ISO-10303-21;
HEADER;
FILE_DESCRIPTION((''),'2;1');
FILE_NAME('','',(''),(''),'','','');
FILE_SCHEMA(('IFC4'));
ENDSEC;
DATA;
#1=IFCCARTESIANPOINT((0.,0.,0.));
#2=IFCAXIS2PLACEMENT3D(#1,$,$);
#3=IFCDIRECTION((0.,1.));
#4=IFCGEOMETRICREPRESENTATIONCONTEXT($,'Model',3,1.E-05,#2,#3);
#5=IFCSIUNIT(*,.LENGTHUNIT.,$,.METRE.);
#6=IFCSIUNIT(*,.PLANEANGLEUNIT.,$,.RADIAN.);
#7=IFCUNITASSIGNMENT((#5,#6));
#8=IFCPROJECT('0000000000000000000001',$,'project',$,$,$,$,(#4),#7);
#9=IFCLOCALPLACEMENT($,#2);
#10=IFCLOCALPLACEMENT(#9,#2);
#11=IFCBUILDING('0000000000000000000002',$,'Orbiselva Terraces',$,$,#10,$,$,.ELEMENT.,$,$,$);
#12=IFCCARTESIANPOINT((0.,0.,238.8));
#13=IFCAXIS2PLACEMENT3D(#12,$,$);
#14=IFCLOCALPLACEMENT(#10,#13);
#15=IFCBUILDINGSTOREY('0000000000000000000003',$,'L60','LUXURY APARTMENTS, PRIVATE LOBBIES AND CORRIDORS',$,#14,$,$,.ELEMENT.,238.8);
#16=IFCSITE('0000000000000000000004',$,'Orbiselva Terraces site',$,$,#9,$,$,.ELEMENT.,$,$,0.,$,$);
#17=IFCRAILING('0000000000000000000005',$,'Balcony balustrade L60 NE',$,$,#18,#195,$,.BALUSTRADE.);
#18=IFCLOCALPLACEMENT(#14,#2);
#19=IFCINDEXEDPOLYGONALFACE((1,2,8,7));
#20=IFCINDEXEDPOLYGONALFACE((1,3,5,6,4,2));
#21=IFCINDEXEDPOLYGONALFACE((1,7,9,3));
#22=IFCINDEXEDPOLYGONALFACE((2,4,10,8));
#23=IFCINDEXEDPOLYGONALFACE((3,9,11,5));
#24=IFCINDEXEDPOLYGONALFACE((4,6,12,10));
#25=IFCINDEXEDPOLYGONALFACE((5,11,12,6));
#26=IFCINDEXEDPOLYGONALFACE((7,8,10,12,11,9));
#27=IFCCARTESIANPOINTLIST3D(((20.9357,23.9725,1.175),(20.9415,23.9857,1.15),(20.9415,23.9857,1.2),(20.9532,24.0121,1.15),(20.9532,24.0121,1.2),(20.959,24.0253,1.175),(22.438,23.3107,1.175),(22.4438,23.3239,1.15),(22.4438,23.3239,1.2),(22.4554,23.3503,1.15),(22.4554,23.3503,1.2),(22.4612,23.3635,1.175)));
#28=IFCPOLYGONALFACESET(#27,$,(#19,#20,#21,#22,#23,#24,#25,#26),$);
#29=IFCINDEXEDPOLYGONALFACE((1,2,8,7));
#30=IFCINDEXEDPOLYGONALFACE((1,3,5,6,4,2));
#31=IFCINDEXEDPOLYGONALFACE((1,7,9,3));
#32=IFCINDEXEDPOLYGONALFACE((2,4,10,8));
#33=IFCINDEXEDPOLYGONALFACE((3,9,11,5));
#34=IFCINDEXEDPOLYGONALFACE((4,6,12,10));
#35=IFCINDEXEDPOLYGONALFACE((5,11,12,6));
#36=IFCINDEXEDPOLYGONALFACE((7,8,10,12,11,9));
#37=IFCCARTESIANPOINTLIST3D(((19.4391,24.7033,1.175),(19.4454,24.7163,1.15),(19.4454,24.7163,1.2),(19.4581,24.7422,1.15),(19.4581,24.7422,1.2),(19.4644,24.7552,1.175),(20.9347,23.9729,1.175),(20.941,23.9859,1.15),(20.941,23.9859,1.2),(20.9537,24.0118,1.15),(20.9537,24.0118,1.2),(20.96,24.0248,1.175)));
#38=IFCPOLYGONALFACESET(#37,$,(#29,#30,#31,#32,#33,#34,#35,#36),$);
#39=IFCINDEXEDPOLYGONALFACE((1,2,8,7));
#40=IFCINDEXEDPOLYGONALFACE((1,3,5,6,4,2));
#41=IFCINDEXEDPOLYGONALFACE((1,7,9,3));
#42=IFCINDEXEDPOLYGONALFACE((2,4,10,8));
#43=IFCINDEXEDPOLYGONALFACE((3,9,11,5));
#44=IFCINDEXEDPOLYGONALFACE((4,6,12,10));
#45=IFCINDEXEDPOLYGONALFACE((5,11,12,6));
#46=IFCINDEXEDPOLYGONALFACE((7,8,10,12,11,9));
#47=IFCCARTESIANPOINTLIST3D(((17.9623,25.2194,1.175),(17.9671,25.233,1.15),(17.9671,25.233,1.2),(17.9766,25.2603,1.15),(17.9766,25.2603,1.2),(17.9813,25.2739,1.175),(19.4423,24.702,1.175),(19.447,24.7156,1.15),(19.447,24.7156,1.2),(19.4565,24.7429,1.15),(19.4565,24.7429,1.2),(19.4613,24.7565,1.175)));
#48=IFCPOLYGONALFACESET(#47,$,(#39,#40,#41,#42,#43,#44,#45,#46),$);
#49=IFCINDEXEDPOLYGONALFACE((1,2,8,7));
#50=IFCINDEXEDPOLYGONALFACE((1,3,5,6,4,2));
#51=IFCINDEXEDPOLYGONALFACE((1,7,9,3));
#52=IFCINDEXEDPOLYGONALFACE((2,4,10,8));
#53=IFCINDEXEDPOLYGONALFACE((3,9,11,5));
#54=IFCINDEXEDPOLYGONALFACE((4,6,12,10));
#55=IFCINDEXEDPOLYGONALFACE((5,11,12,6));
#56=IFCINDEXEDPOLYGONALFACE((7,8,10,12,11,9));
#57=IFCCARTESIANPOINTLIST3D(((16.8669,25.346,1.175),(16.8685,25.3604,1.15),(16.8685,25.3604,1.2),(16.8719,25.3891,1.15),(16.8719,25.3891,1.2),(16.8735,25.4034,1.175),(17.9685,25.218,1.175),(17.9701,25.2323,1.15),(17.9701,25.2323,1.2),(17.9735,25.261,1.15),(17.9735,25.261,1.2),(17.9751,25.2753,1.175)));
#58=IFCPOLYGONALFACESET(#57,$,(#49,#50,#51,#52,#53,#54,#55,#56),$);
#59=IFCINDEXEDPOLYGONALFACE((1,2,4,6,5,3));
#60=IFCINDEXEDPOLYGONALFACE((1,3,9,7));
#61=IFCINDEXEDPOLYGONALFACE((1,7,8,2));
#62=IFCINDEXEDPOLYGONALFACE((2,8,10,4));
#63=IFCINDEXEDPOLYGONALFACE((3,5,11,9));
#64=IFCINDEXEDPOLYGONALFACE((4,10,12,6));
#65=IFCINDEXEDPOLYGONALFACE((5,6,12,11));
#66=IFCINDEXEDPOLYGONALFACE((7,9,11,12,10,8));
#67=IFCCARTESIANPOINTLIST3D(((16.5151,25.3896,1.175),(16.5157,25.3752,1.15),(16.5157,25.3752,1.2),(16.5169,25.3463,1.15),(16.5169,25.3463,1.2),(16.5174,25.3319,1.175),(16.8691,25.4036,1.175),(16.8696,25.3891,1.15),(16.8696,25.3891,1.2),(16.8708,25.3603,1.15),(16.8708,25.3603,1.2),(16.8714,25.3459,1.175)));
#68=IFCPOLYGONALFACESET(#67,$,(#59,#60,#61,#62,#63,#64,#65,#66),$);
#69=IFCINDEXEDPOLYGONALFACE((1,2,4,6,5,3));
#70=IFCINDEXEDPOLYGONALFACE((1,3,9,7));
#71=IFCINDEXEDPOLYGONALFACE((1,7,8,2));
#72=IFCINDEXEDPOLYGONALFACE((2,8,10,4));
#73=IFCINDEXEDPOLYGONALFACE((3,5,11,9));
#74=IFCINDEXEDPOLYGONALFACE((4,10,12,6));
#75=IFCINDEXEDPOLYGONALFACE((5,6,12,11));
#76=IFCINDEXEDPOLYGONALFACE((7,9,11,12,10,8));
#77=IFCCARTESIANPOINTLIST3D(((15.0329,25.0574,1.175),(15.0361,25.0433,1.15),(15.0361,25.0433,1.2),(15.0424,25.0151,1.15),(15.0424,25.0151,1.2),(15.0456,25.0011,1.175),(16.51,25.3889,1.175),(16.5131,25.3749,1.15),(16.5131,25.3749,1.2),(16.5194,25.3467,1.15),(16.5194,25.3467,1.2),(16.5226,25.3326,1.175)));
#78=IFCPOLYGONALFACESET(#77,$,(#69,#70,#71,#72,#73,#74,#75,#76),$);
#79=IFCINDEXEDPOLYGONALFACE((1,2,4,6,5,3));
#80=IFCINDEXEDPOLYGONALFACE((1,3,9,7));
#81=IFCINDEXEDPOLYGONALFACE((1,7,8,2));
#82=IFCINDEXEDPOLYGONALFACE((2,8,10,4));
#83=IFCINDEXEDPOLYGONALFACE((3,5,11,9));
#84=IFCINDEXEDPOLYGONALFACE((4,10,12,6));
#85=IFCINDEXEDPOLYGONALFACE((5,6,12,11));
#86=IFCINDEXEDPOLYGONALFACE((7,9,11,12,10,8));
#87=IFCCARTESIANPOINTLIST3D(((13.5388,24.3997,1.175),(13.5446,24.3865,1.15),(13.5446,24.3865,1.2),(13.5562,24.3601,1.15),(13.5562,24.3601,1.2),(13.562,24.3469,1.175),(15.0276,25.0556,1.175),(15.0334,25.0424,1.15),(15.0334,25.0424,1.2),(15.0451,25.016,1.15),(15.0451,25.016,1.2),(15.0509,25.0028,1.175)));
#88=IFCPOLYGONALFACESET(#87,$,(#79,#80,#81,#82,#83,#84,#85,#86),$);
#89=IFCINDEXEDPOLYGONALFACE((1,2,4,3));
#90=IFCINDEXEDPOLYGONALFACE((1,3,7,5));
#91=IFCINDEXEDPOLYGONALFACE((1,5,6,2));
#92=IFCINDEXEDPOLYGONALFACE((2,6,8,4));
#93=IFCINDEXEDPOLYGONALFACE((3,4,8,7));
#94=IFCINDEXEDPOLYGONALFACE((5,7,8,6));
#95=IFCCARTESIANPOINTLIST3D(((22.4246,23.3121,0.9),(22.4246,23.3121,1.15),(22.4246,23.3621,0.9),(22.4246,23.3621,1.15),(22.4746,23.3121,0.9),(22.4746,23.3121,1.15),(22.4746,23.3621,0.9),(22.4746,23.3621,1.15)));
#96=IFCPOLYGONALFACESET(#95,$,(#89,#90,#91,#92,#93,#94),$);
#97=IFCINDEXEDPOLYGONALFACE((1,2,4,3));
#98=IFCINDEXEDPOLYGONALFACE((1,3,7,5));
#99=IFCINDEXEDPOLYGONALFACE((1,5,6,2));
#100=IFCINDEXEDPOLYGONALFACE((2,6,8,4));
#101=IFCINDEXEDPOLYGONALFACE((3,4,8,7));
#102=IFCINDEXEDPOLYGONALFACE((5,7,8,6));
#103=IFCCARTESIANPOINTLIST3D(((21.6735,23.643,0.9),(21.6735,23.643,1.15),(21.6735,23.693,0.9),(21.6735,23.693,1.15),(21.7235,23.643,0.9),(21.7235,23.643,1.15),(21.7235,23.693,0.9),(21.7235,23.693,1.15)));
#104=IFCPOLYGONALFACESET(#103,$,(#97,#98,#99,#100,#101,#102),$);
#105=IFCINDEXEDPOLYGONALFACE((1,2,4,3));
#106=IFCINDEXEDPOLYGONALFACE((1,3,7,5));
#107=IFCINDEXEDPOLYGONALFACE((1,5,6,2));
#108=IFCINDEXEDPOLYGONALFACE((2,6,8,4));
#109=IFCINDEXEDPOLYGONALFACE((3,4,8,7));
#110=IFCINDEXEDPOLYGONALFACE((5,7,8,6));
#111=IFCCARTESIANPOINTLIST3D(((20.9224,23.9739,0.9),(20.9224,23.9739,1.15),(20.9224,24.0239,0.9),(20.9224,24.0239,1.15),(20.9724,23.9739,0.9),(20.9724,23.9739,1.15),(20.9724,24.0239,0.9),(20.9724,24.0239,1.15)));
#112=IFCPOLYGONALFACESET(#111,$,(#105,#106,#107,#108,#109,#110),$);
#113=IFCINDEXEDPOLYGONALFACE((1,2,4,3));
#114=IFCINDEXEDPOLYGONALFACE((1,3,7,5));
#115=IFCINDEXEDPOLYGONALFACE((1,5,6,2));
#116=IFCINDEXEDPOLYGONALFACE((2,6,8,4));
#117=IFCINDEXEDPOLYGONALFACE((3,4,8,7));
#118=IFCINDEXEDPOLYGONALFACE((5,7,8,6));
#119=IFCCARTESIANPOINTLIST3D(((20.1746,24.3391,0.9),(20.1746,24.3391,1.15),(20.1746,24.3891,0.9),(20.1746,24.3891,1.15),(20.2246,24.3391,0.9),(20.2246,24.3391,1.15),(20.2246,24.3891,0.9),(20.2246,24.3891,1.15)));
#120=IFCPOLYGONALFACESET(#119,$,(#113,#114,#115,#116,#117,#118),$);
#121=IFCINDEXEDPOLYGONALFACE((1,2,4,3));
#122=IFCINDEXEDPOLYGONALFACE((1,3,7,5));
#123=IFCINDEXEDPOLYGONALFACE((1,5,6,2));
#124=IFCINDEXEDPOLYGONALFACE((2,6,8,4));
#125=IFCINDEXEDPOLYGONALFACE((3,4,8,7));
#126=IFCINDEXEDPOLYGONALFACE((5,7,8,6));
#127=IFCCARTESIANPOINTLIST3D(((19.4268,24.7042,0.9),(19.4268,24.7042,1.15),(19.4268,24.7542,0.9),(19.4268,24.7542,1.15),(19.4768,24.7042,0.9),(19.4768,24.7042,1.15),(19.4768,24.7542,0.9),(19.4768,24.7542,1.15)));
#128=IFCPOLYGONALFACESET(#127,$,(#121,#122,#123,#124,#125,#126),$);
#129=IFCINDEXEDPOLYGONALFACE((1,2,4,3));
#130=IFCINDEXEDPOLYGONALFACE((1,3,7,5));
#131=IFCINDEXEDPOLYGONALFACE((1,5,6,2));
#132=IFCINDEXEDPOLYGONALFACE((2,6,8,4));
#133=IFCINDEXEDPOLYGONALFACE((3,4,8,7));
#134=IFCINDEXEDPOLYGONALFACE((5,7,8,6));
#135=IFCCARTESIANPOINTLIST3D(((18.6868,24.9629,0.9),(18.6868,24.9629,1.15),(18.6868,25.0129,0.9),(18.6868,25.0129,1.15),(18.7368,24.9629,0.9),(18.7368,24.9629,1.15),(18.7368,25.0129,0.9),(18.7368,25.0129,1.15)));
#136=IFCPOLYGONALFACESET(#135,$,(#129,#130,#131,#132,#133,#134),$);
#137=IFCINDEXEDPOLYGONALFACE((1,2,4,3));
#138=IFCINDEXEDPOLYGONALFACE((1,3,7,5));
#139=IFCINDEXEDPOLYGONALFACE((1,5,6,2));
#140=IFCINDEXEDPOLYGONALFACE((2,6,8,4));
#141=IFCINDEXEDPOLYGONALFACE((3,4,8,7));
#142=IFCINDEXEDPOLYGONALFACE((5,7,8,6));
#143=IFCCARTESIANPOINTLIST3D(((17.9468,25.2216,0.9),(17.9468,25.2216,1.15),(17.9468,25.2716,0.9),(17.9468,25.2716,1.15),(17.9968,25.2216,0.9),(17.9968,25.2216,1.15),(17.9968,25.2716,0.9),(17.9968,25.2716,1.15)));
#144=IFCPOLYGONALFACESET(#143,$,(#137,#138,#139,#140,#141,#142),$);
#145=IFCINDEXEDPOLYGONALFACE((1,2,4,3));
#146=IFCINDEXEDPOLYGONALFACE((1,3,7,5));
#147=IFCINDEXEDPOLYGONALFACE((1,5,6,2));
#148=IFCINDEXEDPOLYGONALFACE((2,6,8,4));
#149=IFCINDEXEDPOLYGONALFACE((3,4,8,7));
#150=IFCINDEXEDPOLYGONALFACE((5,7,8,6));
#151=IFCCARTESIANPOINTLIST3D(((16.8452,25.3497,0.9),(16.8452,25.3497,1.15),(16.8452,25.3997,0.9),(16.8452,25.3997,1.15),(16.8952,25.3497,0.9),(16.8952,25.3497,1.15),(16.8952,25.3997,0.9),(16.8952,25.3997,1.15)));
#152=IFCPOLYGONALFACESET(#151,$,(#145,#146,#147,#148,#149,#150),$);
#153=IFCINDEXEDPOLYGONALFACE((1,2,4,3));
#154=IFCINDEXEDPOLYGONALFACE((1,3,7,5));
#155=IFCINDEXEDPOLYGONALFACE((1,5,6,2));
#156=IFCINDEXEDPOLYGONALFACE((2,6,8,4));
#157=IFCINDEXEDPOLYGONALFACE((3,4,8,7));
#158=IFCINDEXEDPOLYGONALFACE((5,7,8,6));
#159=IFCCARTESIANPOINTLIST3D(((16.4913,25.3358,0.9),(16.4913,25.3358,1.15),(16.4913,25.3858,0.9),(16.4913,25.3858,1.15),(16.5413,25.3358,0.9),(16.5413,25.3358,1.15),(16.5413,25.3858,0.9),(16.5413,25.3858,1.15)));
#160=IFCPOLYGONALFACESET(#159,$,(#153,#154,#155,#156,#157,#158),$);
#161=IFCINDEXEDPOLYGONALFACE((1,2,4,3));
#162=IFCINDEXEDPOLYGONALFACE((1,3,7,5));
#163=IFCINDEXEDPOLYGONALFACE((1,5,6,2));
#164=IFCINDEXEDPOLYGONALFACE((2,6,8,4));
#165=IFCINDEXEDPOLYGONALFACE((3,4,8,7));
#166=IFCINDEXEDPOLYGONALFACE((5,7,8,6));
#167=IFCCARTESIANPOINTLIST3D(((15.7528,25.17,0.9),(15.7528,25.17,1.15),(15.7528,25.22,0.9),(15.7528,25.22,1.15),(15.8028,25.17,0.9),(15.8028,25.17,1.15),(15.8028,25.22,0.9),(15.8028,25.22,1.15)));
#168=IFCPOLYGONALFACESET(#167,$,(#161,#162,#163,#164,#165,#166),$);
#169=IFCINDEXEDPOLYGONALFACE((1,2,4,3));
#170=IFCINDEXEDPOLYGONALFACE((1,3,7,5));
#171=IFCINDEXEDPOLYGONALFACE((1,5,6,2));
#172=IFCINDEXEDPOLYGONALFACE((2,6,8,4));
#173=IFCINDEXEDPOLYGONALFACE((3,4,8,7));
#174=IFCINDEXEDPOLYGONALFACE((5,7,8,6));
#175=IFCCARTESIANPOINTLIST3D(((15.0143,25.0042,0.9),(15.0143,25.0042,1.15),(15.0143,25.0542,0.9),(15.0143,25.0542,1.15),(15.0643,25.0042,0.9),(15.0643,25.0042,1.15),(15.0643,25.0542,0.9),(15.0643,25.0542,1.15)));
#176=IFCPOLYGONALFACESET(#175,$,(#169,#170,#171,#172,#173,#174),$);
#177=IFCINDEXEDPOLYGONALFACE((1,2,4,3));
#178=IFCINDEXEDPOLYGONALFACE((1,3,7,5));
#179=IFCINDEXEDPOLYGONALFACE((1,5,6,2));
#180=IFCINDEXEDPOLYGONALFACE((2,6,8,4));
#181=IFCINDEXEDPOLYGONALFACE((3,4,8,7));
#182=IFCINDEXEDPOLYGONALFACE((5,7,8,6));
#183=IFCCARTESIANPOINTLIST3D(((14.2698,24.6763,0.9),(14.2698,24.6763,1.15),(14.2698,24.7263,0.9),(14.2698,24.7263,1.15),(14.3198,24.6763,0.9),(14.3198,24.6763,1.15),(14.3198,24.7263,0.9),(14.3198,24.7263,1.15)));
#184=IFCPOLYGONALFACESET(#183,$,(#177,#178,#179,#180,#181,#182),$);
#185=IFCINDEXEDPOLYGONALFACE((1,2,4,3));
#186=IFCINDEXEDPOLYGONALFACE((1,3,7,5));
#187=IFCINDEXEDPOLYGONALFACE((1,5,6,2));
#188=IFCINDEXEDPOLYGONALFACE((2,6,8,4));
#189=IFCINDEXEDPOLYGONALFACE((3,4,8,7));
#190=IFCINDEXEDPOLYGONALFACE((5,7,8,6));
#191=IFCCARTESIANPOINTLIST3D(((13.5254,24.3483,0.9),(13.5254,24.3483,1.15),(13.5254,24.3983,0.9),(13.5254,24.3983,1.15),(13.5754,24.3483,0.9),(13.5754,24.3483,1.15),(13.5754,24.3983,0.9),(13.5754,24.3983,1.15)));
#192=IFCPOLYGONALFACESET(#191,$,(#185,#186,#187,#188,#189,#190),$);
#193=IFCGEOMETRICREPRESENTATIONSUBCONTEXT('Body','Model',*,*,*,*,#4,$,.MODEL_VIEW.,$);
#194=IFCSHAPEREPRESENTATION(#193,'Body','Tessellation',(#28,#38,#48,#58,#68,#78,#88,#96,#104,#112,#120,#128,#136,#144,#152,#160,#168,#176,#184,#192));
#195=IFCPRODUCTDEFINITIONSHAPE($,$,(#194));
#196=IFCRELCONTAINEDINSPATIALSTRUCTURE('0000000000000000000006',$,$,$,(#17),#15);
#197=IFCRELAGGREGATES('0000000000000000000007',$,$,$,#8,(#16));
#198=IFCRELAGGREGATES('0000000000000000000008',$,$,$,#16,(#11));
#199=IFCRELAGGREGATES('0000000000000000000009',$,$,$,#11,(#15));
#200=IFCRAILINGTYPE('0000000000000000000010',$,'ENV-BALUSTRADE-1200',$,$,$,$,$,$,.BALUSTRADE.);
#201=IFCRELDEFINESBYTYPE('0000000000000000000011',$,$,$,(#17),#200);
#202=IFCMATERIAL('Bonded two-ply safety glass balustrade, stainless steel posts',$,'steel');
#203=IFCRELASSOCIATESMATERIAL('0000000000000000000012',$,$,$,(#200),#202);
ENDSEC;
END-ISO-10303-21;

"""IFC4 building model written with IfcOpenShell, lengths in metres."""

from ifc_helpers import new_model, si_unit, direction, frame, origin, origin_2d, place, context, subcontext, project, spatial, polyline, rectangle, outline, extrude, material, type_object, element, save


model = new_model("IFC4")

# Units and contexts
model_context = context("Model", 3, precision=1e-05, world=origin(), true_north=direction((0.0, 1.0)))
body_context = subcontext(model_context, "Body", "Model", "MODEL_VIEW")
ifc_project = project(units=[si_unit("LENGTHUNIT", "METRE"), si_unit("PLANEANGLEUNIT", "RADIAN")], contexts=[model_context])

# Site, building, storey
site_placement = place(None, origin())
site = spatial("IfcSite", under=ifc_project, at=site_placement, Name="Orbiselva Terraces site", CompositionType="ELEMENT", RefElevation=0.0)
building_placement = place(site_placement, origin())
building = spatial("IfcBuilding", under=site, at=building_placement, Name="Orbiselva Terraces", CompositionType="ELEMENT")
storey_placement = place(building_placement, frame((0.0, 0.0, 238.8)))
storey = spatial("IfcBuildingStorey", under=building, at=storey_placement, Name="L60", Description="LUXURY APARTMENTS, PRIVATE LOBBIES AND CORRIDORS", CompositionType="ELEMENT", Elevation=238.8)

# Railing
ifc_material_1 = material(Name="Bonded two-ply safety glass balustrade, stainless steel posts", Category="steel")
railing_type_1 = type_object("IfcRailingType", Name="ENV-BALUSTRADE-1200", PredefinedType="BALUSTRADE", material=ifc_material_1)
railing_1_placement = place(storey_placement, frame((22.4496, 23.3371, 0.9)))
element("IfcRailing", 1, at=railing_1_placement, inside=storey, type_object=railing_type_1, Name="Balcony balustrade L60 NE", PredefinedType="BALUSTRADE", context=body_context, shape_type="SweptSolid", body=[
    extrude(outline(polyline([(0.0289, 0.0), (0.0144, 0.025), (-0.0144, 0.025), (-0.0289, 0.0), (-0.0144, -0.025), (0.0144, -0.025), (0.0289, 0.0)])), frame((0.0, 0.0, 0.275), z_axis=(-0.915133, 0.403151, 0.0), x_axis=(-0.403151, -0.915133, 0.0)), (0.0, 0.0, 1.0), 1.6416),
    extrude(outline(polyline([(0.0289, 0.0), (0.0144, 0.025), (-0.0144, 0.025), (-0.0289, 0.0), (-0.0144, -0.025), (0.0144, -0.025), (0.0289, 0.0)])), frame((-1.5022, 0.6618, 0.275), z_axis=(-0.898579, 0.438812, 0.0), x_axis=(-0.438812, -0.898579, 0.0)), (0.0, 0.0, 1.0), 1.6644),
    extrude(outline(polyline([(0.0289, 0.0), (0.0144, 0.025), (-0.0144, 0.025), (-0.0289, 0.0), (-0.0144, -0.025), (0.0144, -0.025), (0.0289, 0.0)])), frame((-2.9978, 1.3921, 0.275), z_axis=(-0.943972, 0.330025, 0.0), x_axis=(-0.330025, -0.943972, 0.0)), (0.0, 0.0, 1.0), 1.5678),
    extrude(outline(polyline([(0.0289, 0.0), (0.0144, 0.025), (-0.0144, 0.025), (-0.0289, 0.0), (-0.0144, -0.025), (0.0144, -0.025), (0.0289, 0.0)])), frame((-4.4778, 1.9096, 0.275), z_axis=(-0.99331, 0.115481, 0.0), x_axis=(-0.115481, -0.99331, 0.0)), (0.0, 0.0, 1.0), 1.109),
    extrude(outline(polyline([(0.0289, 0.0), (0.0144, 0.025), (-0.0144, 0.025), (-0.0289, 0.0), (-0.0144, -0.025), (0.0144, -0.025), (0.0289, 0.0)])), frame((-5.5794, 2.0376, 0.275), z_axis=(-0.999225, -0.039364, 0.0), x_axis=(0.039364, -0.999225, 0.0)), (0.0, 0.0, 1.0), 0.3542),
    extrude(outline(polyline([(0.0289, 0.0), (0.0144, 0.025), (-0.0144, 0.025), (-0.0289, 0.0), (-0.0144, -0.025), (0.0144, -0.025), (0.0289, 0.0)])), frame((-5.9333, 2.0237, 0.275), z_axis=(-0.975721, -0.219016, 0.0), x_axis=(0.219016, -0.975721, 0.0)), (0.0, 0.0, 1.0), 1.5138),
    extrude(outline(polyline([(0.0289, 0.0), (0.0144, 0.025), (-0.0144, 0.025), (-0.0289, 0.0), (-0.0144, -0.025), (0.0144, -0.025), (0.0289, 0.0)])), frame((-7.4104, 1.6921, 0.275), z_axis=(-0.915133, -0.403151, 0.0), x_axis=(0.403151, -0.915133, 0.0)), (0.0, 0.0, 1.0), 1.6269),
    extrude(rectangle(XDim=0.05, YDim=0.05, at=origin_2d()), origin(), (0.0, 0.0, 1.0), 0.25),
    extrude(rectangle(XDim=0.05, YDim=0.05, at=origin_2d()), frame((-0.7511, 0.3309, 0.0)), (0.0, 0.0, 1.0), 0.25),
    extrude(rectangle(XDim=0.05, YDim=0.05, at=origin_2d()), frame((-1.5022, 0.6618, 0.0)), (0.0, 0.0, 1.0), 0.25),
    extrude(rectangle(XDim=0.05, YDim=0.05, at=origin_2d()), frame((-2.25, 1.027, 0.0)), (0.0, 0.0, 1.0), 0.25),
    extrude(rectangle(XDim=0.05, YDim=0.05, at=origin_2d()), frame((-2.9978, 1.3921, 0.0)), (0.0, 0.0, 1.0), 0.25),
    extrude(rectangle(XDim=0.05, YDim=0.05, at=origin_2d()), frame((-3.7378, 1.6509, 0.0)), (0.0, 0.0, 1.0), 0.25),
    extrude(rectangle(XDim=0.05, YDim=0.05, at=origin_2d()), frame((-4.4778, 1.9096, 0.0)), (0.0, 0.0, 1.0), 0.25),
    extrude(rectangle(XDim=0.05, YDim=0.05, at=origin_2d()), frame((-5.5794, 2.0376, 0.0)), (0.0, 0.0, 1.0), 0.25),
    extrude(rectangle(XDim=0.05, YDim=0.05, at=origin_2d()), frame((-5.9333, 2.0237, 0.0)), (0.0, 0.0, 1.0), 0.25),
    extrude(rectangle(XDim=0.05, YDim=0.05, at=origin_2d()), frame((-6.6718, 1.8579, 0.0)), (0.0, 0.0, 1.0), 0.25),
    extrude(rectangle(XDim=0.05, YDim=0.05, at=origin_2d()), frame((-7.4104, 1.6921, 0.0)), (0.0, 0.0, 1.0), 0.25),
    extrude(rectangle(XDim=0.05, YDim=0.05, at=origin_2d()), frame((-8.1548, 1.3642, 0.0)), (0.0, 0.0, 1.0), 0.25),
    extrude(rectangle(XDim=0.05, YDim=0.05, at=origin_2d()), frame((-8.8992, 1.0362, 0.0)), (0.0, 0.0, 1.0), 0.25),
])

save(model, "model.ifc")
